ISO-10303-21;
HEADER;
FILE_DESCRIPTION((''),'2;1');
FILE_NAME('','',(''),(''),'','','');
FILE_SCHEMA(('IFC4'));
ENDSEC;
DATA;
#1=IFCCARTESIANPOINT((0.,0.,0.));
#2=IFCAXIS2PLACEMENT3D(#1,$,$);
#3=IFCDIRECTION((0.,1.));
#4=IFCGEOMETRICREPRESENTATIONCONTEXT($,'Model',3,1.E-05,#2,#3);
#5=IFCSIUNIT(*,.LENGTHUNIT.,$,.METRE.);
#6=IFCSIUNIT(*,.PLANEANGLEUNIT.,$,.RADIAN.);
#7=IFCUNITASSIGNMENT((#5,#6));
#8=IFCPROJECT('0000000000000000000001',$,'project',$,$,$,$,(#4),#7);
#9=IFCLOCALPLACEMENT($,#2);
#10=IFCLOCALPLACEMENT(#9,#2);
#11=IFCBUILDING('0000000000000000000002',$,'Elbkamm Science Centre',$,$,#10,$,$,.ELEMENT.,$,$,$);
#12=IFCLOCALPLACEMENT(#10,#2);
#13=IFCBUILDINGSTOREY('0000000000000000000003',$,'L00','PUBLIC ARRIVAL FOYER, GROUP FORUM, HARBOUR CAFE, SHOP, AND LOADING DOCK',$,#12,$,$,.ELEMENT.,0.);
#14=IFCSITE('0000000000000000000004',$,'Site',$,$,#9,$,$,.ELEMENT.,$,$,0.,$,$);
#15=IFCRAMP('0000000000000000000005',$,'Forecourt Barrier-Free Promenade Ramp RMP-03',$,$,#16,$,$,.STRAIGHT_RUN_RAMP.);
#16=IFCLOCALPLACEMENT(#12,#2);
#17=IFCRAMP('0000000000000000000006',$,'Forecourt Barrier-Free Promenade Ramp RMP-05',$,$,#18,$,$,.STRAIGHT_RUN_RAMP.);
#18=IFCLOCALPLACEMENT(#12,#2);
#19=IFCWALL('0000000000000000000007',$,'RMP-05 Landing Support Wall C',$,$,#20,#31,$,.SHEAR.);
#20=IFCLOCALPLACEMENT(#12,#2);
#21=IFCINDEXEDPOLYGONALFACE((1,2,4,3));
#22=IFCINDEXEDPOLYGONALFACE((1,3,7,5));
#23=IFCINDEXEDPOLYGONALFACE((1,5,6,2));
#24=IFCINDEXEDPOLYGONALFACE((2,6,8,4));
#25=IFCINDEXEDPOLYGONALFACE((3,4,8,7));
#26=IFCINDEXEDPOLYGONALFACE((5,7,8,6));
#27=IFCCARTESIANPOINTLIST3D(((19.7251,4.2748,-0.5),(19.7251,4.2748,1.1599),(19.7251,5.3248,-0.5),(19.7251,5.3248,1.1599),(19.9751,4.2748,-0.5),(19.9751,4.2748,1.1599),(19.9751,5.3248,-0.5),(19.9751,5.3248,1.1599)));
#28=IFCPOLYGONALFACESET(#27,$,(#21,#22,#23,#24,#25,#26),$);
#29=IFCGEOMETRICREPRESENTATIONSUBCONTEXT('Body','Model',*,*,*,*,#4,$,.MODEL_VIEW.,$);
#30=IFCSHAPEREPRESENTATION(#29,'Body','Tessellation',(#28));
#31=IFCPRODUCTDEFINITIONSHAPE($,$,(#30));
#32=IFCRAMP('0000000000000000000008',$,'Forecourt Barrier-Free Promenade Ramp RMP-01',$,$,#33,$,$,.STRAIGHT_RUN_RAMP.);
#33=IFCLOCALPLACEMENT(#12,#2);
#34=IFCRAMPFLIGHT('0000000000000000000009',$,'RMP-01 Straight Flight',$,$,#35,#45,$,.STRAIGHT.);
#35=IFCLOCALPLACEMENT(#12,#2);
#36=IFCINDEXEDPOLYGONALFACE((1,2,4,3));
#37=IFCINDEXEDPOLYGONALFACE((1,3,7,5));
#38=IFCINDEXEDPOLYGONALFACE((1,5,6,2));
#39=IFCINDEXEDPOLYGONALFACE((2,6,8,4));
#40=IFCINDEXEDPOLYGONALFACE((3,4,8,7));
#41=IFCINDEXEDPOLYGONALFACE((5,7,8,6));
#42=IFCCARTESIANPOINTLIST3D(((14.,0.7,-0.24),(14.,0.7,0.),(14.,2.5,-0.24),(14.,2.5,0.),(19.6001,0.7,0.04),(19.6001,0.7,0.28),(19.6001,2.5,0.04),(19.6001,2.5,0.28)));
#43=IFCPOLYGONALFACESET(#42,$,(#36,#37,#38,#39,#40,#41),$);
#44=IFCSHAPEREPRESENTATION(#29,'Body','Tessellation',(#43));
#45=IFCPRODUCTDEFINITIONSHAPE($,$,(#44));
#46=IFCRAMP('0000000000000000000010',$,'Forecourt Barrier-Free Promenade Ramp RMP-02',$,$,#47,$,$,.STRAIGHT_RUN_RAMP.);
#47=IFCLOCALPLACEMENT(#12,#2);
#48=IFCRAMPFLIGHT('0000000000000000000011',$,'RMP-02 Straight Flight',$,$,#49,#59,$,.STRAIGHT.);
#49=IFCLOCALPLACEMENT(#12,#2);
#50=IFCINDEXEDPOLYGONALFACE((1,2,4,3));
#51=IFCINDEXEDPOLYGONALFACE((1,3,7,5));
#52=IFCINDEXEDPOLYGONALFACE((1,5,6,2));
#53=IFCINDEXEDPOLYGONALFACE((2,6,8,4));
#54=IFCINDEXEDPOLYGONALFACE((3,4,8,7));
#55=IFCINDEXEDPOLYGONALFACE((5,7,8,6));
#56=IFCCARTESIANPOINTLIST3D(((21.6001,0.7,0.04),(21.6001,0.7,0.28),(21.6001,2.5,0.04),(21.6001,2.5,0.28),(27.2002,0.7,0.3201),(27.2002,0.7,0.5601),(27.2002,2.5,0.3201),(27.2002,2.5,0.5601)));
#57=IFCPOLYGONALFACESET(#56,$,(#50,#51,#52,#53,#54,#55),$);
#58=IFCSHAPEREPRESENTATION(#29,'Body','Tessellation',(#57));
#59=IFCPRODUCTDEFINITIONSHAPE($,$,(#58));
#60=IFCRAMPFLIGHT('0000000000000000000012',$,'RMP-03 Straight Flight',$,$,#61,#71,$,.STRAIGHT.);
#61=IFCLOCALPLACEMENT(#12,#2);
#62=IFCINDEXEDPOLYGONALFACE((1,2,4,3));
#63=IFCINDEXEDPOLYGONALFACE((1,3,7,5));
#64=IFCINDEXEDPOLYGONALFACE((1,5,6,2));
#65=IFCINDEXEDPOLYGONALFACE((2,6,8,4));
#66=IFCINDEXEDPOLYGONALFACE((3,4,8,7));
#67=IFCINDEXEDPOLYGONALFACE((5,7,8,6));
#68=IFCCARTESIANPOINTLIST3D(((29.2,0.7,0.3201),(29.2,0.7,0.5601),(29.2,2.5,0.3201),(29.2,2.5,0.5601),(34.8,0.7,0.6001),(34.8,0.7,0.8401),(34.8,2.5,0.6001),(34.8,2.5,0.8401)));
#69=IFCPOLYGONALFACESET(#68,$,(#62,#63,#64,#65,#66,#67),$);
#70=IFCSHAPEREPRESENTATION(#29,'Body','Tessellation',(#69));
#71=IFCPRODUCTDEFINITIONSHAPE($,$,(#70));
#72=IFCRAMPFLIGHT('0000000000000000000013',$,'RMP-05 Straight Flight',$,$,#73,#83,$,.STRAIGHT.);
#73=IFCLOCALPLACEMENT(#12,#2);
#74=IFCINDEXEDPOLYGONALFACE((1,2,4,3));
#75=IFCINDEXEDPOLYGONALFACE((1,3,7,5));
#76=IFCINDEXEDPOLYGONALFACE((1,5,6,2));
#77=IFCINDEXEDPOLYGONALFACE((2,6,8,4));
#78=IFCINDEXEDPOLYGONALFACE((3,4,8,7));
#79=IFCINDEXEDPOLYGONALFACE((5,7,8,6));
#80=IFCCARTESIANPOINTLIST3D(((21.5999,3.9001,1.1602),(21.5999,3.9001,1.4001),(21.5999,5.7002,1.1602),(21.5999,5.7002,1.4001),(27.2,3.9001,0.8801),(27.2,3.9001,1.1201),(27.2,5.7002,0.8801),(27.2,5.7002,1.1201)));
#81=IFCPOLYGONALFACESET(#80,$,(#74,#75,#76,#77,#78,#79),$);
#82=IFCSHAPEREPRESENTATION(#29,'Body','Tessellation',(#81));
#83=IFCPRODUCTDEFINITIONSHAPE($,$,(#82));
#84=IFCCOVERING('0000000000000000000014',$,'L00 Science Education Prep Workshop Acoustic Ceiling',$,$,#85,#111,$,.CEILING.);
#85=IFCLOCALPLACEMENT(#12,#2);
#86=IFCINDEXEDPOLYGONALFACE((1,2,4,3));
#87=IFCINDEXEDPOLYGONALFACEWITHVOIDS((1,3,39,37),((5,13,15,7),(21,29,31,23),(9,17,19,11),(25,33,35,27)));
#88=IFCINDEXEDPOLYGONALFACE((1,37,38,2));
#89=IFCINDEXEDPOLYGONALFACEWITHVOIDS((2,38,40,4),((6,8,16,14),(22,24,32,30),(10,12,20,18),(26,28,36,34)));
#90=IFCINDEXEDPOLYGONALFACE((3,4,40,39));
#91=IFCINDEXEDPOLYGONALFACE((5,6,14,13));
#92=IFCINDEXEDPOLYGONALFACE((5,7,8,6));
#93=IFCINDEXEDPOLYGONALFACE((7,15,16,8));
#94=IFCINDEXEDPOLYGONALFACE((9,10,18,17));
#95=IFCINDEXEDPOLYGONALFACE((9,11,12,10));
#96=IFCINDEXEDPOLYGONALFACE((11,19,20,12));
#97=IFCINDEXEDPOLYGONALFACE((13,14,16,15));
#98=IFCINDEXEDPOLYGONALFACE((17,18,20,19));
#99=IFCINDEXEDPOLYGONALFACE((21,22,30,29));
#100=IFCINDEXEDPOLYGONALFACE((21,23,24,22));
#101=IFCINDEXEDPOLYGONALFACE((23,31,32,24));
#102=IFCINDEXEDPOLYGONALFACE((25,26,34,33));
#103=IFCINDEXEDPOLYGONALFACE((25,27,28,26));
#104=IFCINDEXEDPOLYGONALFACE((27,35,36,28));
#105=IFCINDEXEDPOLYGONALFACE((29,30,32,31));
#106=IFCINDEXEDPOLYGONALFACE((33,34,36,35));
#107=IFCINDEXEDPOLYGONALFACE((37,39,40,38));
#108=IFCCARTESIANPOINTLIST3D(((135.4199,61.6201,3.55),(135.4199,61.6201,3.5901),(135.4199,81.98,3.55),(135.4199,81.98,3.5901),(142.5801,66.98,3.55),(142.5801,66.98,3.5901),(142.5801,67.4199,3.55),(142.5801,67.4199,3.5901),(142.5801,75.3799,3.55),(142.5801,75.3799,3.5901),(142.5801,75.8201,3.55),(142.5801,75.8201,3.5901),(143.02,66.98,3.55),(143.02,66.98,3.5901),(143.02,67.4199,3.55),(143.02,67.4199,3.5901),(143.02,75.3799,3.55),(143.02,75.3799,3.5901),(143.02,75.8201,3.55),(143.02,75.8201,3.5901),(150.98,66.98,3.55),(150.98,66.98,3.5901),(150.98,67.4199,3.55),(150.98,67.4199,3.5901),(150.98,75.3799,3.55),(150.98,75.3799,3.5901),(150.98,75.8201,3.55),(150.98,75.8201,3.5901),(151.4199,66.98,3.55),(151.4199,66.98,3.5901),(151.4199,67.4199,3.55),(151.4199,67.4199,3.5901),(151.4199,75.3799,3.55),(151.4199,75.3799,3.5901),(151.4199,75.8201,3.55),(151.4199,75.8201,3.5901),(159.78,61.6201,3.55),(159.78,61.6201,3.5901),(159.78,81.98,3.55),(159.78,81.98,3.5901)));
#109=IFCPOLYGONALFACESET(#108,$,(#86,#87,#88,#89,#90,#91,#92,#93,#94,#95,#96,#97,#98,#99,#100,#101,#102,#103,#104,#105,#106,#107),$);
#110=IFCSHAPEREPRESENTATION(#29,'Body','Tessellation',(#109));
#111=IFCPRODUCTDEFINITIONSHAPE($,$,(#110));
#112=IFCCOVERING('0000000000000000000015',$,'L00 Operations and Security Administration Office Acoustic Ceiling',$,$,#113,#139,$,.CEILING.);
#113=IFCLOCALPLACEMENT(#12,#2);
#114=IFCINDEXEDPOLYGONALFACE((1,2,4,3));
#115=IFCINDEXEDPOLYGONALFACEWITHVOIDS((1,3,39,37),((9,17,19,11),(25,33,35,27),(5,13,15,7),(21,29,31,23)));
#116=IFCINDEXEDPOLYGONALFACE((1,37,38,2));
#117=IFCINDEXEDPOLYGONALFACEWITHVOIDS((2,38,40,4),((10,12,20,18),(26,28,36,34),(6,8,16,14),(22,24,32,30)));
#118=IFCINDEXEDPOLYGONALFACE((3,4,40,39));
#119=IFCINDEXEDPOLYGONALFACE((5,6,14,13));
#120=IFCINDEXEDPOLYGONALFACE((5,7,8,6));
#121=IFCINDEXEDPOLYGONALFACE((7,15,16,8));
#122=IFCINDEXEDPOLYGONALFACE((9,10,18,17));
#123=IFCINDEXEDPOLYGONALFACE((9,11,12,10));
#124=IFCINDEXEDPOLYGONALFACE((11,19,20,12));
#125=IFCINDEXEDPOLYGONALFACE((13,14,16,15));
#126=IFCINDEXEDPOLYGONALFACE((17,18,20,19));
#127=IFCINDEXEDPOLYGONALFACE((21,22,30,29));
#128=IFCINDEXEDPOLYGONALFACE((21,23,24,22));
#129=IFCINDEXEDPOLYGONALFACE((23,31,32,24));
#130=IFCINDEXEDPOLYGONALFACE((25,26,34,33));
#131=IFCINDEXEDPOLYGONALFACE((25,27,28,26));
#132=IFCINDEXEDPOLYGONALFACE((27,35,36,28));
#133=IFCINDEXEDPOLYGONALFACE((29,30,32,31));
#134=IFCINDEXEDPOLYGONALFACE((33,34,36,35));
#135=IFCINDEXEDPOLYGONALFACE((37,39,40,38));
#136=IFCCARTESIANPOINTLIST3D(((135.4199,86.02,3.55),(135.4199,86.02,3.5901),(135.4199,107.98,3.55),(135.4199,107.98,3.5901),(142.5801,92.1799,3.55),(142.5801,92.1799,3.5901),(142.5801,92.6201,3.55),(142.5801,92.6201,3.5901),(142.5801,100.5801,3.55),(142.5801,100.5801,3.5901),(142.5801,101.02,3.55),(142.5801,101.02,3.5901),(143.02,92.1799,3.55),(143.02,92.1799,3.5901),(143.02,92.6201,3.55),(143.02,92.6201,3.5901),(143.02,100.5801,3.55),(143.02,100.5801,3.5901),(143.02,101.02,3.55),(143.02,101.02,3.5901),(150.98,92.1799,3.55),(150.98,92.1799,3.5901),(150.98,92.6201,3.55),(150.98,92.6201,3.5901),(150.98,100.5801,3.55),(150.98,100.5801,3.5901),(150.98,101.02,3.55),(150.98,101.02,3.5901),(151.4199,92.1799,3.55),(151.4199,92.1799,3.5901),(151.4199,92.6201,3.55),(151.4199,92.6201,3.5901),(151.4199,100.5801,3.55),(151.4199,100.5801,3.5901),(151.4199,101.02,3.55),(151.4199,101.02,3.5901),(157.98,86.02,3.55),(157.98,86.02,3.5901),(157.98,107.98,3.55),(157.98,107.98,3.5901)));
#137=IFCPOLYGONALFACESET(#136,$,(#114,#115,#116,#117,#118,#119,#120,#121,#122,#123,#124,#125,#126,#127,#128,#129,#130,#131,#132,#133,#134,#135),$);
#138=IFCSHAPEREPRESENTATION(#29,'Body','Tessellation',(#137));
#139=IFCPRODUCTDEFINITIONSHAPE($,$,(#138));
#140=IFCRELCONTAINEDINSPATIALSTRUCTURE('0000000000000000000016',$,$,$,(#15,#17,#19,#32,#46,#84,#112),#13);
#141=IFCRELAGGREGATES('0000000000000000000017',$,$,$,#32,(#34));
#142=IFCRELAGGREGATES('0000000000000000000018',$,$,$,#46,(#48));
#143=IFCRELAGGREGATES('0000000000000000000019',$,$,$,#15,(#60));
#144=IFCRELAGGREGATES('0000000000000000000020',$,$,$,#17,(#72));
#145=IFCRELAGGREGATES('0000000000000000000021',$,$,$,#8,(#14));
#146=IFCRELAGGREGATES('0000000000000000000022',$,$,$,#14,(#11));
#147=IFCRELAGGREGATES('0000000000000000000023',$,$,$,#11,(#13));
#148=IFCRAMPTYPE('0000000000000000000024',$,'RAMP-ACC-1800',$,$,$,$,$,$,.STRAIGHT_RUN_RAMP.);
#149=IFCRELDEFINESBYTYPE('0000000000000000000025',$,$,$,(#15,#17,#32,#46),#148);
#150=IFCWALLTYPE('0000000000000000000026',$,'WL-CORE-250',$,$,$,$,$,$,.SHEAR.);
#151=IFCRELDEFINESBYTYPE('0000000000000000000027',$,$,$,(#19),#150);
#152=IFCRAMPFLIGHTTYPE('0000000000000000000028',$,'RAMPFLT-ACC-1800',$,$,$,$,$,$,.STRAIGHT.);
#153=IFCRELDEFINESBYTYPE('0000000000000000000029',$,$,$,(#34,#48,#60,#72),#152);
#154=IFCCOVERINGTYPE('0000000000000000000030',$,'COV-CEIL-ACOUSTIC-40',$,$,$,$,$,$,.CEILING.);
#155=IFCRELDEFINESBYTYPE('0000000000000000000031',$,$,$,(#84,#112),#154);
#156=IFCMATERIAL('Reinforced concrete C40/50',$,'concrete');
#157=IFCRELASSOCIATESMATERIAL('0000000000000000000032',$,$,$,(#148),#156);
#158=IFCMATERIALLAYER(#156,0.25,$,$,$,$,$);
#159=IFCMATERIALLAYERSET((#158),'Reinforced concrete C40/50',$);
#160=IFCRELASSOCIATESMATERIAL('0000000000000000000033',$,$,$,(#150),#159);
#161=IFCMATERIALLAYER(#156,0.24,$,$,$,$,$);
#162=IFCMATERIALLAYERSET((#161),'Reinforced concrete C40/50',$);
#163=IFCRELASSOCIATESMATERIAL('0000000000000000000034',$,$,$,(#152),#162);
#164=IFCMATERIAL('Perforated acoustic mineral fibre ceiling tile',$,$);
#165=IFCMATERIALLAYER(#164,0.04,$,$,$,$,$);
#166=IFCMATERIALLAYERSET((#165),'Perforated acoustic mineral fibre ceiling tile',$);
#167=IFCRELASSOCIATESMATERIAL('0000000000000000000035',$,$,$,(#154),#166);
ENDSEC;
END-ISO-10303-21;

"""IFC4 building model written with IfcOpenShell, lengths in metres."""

from ifc_helpers import new_model, si_unit, direction, frame, frame_2d, origin, place, context, subcontext, project, spatial, polyline, rectangle, outline, extrude, material, layer, layer_set, type_object, element, aggregate, save


model = new_model("IFC4")

# Units and contexts
model_context = context("Model", 3, precision=1e-05, world=origin(), true_north=direction((0.0, 1.0)))
body_context = subcontext(model_context, "Body", "Model", "MODEL_VIEW")
ifc_project = project(units=[si_unit("LENGTHUNIT", "METRE"), si_unit("PLANEANGLEUNIT", "RADIAN")], contexts=[model_context])

# Site, building, storey
site_placement = place(None, origin())
site = spatial("IfcSite", under=ifc_project, at=site_placement, Name="Site", CompositionType="ELEMENT", RefElevation=0.0)
building_placement = place(site_placement, origin())
building = spatial("IfcBuilding", under=site, at=building_placement, Name="Elbkamm Science Centre", CompositionType="ELEMENT")
storey_placement = place(building_placement, origin())
storey = spatial("IfcBuildingStorey", under=building, at=storey_placement, Name="L00", Description="PUBLIC ARRIVAL FOYER, GROUP FORUM, HARBOUR CAFE, SHOP, AND LOADING DOCK", CompositionType="ELEMENT", Elevation=0.0)

# Ramps
ifc_material_1 = material(Name="Reinforced concrete C40/50", Category="concrete")
ramp_type = type_object("IfcRampType", Name="RAMP-ACC-1800", PredefinedType="STRAIGHT_RUN_RAMP", material=ifc_material_1)
ramp_1_placement = place(storey_placement, origin())
ramp_1 = element("IfcRamp", 1, at=ramp_1_placement, inside=storey, type_object=ramp_type, Name="Forecourt Barrier-Free Promenade Ramp RMP-03", PredefinedType="STRAIGHT_RUN_RAMP")
ramp_2_placement = place(storey_placement, origin())
ramp_2 = element("IfcRamp", 2, at=ramp_2_placement, inside=storey, type_object=ramp_type, Name="Forecourt Barrier-Free Promenade Ramp RMP-05", PredefinedType="STRAIGHT_RUN_RAMP")

# Wall
ifc_layer_1 = layer(ifc_material_1, 0.25)
ifc_layer_set_1 = layer_set([ifc_layer_1], Name="Reinforced concrete C40/50")
wall_type = type_object("IfcWallType", Name="WL-CORE-250", PredefinedType="SHEAR", material=ifc_layer_set_1)
wall_1_placement = place(storey_placement, frame((19.8501, 4.2749, -0.5), z_axis=(0.0, 0.0, 1.0), x_axis=(0.0, 1.0, 0.0)))
element("IfcWall", 3, at=wall_1_placement, inside=storey, type_object=wall_type, Name="RMP-05 Landing Support Wall C", PredefinedType="SHEAR", context=body_context, shape_type="SweptSolid", body=[
    extrude(rectangle(XDim=1.05, YDim=0.25, at=frame_2d((0.5249, 0.0))), origin(), (0.0, 0.0, 1.0), 1.6599),
])

# Ramps, ramp flights
ramp_3_placement = place(storey_placement, origin())
ramp_3 = element("IfcRamp", 4, at=ramp_3_placement, inside=storey, type_object=ramp_type, Name="Forecourt Barrier-Free Promenade Ramp RMP-01", PredefinedType="STRAIGHT_RUN_RAMP")
ifc_layer_2 = layer(ifc_material_1, 0.24)
ifc_layer_set_2 = layer_set([ifc_layer_2], Name="Reinforced concrete C40/50")
ramp_flight_type = type_object("IfcRampFlightType", Name="RAMPFLT-ACC-1800", PredefinedType="STRAIGHT", material=ifc_layer_set_2)
ramp_flight_1_placement = place(storey_placement, frame((14.0, 1.6001, 0.0), z_axis=(0.0, 0.0, 1.0), x_axis=(1.0, 0.0, 0.0)))
ramp_flight_1 = element("IfcRampFlight", 5, at=ramp_flight_1_placement, type_object=ramp_flight_type, Name="RMP-01 Straight Flight", PredefinedType="STRAIGHT", context=body_context, shape_type="SweptSolid", body=[
    extrude(outline(polyline([(0.0, 0.0), (5.6001, 0.28), (5.6001, 0.04), (0.0, -0.24), (0.0, 0.0)])), frame((0.0, 0.8999, 0.0), z_axis=(0.0, -1.0, 0.0), x_axis=(1.0, 0.0, 0.0)), (0.0, 0.0, 1.0), 1.8),
])
aggregate(ramp_3, [ramp_flight_1])
ramp_4_placement = place(storey_placement, origin())
ramp_4 = element("IfcRamp", 6, at=ramp_4_placement, inside=storey, type_object=ramp_type, Name="Forecourt Barrier-Free Promenade Ramp RMP-02", PredefinedType="STRAIGHT_RUN_RAMP")
ramp_flight_2_placement = place(storey_placement, frame((21.6001, 1.6001, 0.28), z_axis=(0.0, 0.0, 1.0), x_axis=(1.0, 0.0, 0.0)))
ramp_flight_2 = element("IfcRampFlight", 7, at=ramp_flight_2_placement, type_object=ramp_flight_type, Name="RMP-02 Straight Flight", PredefinedType="STRAIGHT", context=body_context, shape_type="SweptSolid", body=[
    extrude(outline(polyline([(0.0, 0.0), (5.6001, 0.28), (5.6001, 0.04), (0.0, -0.24), (0.0, 0.0)])), frame((0.0, 0.8999, 0.0), z_axis=(0.0, -1.0, 0.0), x_axis=(1.0, 0.0, 0.0)), (0.0, 0.0, 1.0), 1.8),
])
aggregate(ramp_4, [ramp_flight_2])

# Ramp flights
ramp_flight_3_placement = place(storey_placement, frame((29.2, 1.6001, 0.5601), z_axis=(0.0, 0.0, 1.0), x_axis=(1.0, 0.0, 0.0)))
ramp_flight_3 = element("IfcRampFlight", 8, at=ramp_flight_3_placement, type_object=ramp_flight_type, Name="RMP-03 Straight Flight", PredefinedType="STRAIGHT", context=body_context, shape_type="SweptSolid", body=[
    extrude(outline(polyline([(0.0, 0.0), (5.6001, 0.28), (5.6001, 0.04), (0.0, -0.24), (0.0, 0.0)])), frame((0.0, 0.8999, 0.0), z_axis=(0.0, -1.0, 0.0), x_axis=(1.0, 0.0, 0.0)), (0.0, 0.0, 1.0), 1.8),
])
aggregate(ramp_1, [ramp_flight_3])
ramp_flight_4_placement = place(storey_placement, frame((27.2, 4.8, 1.1201), z_axis=(0.0, 0.0, 1.0), x_axis=(-1.0, 0.0, 0.0)))
ramp_flight_4 = element("IfcRampFlight", 9, at=ramp_flight_4_placement, type_object=ramp_flight_type, Name="RMP-05 Straight Flight", PredefinedType="STRAIGHT", context=body_context, shape_type="SweptSolid", body=[
    extrude(outline(polyline([(0.0, 0.0), (5.6001, 0.28), (5.6001, 0.04), (0.0, -0.24), (0.0, 0.0)])), frame((0.0, 0.8999, 0.0), z_axis=(0.0, -1.0, 0.0), x_axis=(1.0, 0.0, 0.0)), (0.0, 0.0, 1.0), 1.8),
])
aggregate(ramp_2, [ramp_flight_4])

# Coverings
ifc_material_2 = material(Name="Perforated acoustic mineral fibre ceiling tile")
ifc_layer_3 = layer(ifc_material_2, 0.04)
ifc_layer_set_3 = layer_set([ifc_layer_3], Name="Perforated acoustic mineral fibre ceiling tile")
covering_type = type_object("IfcCoveringType", Name="COV-CEIL-ACOUSTIC-40", PredefinedType="CEILING", material=ifc_layer_set_3)
covering_1_placement = place(storey_placement, frame((0.0, 0.0, 3.55)))
element("IfcCovering", 10, at=covering_1_placement, inside=storey, type_object=covering_type, Name="L00 Science Education Prep Workshop Acoustic Ceiling", PredefinedType="CEILING", context=body_context, shape_type="SweptSolid", body=[
    extrude(outline(polyline([(135.4199, 81.98), (159.78, 81.98), (159.78, 61.6201), (135.4199, 61.6201), (135.4199, 81.98)]), holes=[polyline([(142.5801, 67.4199), (142.5801, 66.98), (143.02, 66.98), (143.02, 67.4199), (142.5801, 67.4199)]), polyline([(143.02, 75.8201), (142.5801, 75.8201), (142.5801, 75.3799), (143.02, 75.3799), (143.02, 75.8201)]), polyline([(150.98, 66.98), (151.4199, 66.98), (151.4199, 67.4199), (150.98, 67.4199), (150.98, 66.98)]), polyline([(150.98, 75.8201), (150.98, 75.3799), (151.4199, 75.3799), (151.4199, 75.8201), (150.98, 75.8201)])]), origin(), (0.0, 0.0, 1.0), 0.04),
])
covering_2_placement = place(storey_placement, frame((0.0, 0.0, 3.55)))
element("IfcCovering", 11, at=covering_2_placement, inside=storey, type_object=covering_type, Name="L00 Operations and Security Administration Office Acoustic Ceiling", PredefinedType="CEILING", context=body_context, shape_type="SweptSolid", body=[
    extrude(outline(polyline([(135.4199, 107.98), (157.98, 107.98), (157.98, 86.02), (135.4199, 86.02), (135.4199, 107.98)]), holes=[polyline([(142.5801, 92.1799), (143.02, 92.1799), (143.02, 92.6201), (142.5801, 92.6201), (142.5801, 92.1799)]), polyline([(142.5801, 101.02), (142.5801, 100.5801), (143.02, 100.5801), (143.02, 101.02), (142.5801, 101.02)]), polyline([(151.4199, 92.1799), (151.4199, 92.6201), (150.98, 92.6201), (150.98, 92.1799), (151.4199, 92.1799)]), polyline([(150.98, 100.5801), (151.4199, 100.5801), (151.4199, 101.02), (150.98, 101.02), (150.98, 100.5801)])]), origin(), (0.0, 0.0, 1.0), 0.04),
])

save(model, "model.ifc")
